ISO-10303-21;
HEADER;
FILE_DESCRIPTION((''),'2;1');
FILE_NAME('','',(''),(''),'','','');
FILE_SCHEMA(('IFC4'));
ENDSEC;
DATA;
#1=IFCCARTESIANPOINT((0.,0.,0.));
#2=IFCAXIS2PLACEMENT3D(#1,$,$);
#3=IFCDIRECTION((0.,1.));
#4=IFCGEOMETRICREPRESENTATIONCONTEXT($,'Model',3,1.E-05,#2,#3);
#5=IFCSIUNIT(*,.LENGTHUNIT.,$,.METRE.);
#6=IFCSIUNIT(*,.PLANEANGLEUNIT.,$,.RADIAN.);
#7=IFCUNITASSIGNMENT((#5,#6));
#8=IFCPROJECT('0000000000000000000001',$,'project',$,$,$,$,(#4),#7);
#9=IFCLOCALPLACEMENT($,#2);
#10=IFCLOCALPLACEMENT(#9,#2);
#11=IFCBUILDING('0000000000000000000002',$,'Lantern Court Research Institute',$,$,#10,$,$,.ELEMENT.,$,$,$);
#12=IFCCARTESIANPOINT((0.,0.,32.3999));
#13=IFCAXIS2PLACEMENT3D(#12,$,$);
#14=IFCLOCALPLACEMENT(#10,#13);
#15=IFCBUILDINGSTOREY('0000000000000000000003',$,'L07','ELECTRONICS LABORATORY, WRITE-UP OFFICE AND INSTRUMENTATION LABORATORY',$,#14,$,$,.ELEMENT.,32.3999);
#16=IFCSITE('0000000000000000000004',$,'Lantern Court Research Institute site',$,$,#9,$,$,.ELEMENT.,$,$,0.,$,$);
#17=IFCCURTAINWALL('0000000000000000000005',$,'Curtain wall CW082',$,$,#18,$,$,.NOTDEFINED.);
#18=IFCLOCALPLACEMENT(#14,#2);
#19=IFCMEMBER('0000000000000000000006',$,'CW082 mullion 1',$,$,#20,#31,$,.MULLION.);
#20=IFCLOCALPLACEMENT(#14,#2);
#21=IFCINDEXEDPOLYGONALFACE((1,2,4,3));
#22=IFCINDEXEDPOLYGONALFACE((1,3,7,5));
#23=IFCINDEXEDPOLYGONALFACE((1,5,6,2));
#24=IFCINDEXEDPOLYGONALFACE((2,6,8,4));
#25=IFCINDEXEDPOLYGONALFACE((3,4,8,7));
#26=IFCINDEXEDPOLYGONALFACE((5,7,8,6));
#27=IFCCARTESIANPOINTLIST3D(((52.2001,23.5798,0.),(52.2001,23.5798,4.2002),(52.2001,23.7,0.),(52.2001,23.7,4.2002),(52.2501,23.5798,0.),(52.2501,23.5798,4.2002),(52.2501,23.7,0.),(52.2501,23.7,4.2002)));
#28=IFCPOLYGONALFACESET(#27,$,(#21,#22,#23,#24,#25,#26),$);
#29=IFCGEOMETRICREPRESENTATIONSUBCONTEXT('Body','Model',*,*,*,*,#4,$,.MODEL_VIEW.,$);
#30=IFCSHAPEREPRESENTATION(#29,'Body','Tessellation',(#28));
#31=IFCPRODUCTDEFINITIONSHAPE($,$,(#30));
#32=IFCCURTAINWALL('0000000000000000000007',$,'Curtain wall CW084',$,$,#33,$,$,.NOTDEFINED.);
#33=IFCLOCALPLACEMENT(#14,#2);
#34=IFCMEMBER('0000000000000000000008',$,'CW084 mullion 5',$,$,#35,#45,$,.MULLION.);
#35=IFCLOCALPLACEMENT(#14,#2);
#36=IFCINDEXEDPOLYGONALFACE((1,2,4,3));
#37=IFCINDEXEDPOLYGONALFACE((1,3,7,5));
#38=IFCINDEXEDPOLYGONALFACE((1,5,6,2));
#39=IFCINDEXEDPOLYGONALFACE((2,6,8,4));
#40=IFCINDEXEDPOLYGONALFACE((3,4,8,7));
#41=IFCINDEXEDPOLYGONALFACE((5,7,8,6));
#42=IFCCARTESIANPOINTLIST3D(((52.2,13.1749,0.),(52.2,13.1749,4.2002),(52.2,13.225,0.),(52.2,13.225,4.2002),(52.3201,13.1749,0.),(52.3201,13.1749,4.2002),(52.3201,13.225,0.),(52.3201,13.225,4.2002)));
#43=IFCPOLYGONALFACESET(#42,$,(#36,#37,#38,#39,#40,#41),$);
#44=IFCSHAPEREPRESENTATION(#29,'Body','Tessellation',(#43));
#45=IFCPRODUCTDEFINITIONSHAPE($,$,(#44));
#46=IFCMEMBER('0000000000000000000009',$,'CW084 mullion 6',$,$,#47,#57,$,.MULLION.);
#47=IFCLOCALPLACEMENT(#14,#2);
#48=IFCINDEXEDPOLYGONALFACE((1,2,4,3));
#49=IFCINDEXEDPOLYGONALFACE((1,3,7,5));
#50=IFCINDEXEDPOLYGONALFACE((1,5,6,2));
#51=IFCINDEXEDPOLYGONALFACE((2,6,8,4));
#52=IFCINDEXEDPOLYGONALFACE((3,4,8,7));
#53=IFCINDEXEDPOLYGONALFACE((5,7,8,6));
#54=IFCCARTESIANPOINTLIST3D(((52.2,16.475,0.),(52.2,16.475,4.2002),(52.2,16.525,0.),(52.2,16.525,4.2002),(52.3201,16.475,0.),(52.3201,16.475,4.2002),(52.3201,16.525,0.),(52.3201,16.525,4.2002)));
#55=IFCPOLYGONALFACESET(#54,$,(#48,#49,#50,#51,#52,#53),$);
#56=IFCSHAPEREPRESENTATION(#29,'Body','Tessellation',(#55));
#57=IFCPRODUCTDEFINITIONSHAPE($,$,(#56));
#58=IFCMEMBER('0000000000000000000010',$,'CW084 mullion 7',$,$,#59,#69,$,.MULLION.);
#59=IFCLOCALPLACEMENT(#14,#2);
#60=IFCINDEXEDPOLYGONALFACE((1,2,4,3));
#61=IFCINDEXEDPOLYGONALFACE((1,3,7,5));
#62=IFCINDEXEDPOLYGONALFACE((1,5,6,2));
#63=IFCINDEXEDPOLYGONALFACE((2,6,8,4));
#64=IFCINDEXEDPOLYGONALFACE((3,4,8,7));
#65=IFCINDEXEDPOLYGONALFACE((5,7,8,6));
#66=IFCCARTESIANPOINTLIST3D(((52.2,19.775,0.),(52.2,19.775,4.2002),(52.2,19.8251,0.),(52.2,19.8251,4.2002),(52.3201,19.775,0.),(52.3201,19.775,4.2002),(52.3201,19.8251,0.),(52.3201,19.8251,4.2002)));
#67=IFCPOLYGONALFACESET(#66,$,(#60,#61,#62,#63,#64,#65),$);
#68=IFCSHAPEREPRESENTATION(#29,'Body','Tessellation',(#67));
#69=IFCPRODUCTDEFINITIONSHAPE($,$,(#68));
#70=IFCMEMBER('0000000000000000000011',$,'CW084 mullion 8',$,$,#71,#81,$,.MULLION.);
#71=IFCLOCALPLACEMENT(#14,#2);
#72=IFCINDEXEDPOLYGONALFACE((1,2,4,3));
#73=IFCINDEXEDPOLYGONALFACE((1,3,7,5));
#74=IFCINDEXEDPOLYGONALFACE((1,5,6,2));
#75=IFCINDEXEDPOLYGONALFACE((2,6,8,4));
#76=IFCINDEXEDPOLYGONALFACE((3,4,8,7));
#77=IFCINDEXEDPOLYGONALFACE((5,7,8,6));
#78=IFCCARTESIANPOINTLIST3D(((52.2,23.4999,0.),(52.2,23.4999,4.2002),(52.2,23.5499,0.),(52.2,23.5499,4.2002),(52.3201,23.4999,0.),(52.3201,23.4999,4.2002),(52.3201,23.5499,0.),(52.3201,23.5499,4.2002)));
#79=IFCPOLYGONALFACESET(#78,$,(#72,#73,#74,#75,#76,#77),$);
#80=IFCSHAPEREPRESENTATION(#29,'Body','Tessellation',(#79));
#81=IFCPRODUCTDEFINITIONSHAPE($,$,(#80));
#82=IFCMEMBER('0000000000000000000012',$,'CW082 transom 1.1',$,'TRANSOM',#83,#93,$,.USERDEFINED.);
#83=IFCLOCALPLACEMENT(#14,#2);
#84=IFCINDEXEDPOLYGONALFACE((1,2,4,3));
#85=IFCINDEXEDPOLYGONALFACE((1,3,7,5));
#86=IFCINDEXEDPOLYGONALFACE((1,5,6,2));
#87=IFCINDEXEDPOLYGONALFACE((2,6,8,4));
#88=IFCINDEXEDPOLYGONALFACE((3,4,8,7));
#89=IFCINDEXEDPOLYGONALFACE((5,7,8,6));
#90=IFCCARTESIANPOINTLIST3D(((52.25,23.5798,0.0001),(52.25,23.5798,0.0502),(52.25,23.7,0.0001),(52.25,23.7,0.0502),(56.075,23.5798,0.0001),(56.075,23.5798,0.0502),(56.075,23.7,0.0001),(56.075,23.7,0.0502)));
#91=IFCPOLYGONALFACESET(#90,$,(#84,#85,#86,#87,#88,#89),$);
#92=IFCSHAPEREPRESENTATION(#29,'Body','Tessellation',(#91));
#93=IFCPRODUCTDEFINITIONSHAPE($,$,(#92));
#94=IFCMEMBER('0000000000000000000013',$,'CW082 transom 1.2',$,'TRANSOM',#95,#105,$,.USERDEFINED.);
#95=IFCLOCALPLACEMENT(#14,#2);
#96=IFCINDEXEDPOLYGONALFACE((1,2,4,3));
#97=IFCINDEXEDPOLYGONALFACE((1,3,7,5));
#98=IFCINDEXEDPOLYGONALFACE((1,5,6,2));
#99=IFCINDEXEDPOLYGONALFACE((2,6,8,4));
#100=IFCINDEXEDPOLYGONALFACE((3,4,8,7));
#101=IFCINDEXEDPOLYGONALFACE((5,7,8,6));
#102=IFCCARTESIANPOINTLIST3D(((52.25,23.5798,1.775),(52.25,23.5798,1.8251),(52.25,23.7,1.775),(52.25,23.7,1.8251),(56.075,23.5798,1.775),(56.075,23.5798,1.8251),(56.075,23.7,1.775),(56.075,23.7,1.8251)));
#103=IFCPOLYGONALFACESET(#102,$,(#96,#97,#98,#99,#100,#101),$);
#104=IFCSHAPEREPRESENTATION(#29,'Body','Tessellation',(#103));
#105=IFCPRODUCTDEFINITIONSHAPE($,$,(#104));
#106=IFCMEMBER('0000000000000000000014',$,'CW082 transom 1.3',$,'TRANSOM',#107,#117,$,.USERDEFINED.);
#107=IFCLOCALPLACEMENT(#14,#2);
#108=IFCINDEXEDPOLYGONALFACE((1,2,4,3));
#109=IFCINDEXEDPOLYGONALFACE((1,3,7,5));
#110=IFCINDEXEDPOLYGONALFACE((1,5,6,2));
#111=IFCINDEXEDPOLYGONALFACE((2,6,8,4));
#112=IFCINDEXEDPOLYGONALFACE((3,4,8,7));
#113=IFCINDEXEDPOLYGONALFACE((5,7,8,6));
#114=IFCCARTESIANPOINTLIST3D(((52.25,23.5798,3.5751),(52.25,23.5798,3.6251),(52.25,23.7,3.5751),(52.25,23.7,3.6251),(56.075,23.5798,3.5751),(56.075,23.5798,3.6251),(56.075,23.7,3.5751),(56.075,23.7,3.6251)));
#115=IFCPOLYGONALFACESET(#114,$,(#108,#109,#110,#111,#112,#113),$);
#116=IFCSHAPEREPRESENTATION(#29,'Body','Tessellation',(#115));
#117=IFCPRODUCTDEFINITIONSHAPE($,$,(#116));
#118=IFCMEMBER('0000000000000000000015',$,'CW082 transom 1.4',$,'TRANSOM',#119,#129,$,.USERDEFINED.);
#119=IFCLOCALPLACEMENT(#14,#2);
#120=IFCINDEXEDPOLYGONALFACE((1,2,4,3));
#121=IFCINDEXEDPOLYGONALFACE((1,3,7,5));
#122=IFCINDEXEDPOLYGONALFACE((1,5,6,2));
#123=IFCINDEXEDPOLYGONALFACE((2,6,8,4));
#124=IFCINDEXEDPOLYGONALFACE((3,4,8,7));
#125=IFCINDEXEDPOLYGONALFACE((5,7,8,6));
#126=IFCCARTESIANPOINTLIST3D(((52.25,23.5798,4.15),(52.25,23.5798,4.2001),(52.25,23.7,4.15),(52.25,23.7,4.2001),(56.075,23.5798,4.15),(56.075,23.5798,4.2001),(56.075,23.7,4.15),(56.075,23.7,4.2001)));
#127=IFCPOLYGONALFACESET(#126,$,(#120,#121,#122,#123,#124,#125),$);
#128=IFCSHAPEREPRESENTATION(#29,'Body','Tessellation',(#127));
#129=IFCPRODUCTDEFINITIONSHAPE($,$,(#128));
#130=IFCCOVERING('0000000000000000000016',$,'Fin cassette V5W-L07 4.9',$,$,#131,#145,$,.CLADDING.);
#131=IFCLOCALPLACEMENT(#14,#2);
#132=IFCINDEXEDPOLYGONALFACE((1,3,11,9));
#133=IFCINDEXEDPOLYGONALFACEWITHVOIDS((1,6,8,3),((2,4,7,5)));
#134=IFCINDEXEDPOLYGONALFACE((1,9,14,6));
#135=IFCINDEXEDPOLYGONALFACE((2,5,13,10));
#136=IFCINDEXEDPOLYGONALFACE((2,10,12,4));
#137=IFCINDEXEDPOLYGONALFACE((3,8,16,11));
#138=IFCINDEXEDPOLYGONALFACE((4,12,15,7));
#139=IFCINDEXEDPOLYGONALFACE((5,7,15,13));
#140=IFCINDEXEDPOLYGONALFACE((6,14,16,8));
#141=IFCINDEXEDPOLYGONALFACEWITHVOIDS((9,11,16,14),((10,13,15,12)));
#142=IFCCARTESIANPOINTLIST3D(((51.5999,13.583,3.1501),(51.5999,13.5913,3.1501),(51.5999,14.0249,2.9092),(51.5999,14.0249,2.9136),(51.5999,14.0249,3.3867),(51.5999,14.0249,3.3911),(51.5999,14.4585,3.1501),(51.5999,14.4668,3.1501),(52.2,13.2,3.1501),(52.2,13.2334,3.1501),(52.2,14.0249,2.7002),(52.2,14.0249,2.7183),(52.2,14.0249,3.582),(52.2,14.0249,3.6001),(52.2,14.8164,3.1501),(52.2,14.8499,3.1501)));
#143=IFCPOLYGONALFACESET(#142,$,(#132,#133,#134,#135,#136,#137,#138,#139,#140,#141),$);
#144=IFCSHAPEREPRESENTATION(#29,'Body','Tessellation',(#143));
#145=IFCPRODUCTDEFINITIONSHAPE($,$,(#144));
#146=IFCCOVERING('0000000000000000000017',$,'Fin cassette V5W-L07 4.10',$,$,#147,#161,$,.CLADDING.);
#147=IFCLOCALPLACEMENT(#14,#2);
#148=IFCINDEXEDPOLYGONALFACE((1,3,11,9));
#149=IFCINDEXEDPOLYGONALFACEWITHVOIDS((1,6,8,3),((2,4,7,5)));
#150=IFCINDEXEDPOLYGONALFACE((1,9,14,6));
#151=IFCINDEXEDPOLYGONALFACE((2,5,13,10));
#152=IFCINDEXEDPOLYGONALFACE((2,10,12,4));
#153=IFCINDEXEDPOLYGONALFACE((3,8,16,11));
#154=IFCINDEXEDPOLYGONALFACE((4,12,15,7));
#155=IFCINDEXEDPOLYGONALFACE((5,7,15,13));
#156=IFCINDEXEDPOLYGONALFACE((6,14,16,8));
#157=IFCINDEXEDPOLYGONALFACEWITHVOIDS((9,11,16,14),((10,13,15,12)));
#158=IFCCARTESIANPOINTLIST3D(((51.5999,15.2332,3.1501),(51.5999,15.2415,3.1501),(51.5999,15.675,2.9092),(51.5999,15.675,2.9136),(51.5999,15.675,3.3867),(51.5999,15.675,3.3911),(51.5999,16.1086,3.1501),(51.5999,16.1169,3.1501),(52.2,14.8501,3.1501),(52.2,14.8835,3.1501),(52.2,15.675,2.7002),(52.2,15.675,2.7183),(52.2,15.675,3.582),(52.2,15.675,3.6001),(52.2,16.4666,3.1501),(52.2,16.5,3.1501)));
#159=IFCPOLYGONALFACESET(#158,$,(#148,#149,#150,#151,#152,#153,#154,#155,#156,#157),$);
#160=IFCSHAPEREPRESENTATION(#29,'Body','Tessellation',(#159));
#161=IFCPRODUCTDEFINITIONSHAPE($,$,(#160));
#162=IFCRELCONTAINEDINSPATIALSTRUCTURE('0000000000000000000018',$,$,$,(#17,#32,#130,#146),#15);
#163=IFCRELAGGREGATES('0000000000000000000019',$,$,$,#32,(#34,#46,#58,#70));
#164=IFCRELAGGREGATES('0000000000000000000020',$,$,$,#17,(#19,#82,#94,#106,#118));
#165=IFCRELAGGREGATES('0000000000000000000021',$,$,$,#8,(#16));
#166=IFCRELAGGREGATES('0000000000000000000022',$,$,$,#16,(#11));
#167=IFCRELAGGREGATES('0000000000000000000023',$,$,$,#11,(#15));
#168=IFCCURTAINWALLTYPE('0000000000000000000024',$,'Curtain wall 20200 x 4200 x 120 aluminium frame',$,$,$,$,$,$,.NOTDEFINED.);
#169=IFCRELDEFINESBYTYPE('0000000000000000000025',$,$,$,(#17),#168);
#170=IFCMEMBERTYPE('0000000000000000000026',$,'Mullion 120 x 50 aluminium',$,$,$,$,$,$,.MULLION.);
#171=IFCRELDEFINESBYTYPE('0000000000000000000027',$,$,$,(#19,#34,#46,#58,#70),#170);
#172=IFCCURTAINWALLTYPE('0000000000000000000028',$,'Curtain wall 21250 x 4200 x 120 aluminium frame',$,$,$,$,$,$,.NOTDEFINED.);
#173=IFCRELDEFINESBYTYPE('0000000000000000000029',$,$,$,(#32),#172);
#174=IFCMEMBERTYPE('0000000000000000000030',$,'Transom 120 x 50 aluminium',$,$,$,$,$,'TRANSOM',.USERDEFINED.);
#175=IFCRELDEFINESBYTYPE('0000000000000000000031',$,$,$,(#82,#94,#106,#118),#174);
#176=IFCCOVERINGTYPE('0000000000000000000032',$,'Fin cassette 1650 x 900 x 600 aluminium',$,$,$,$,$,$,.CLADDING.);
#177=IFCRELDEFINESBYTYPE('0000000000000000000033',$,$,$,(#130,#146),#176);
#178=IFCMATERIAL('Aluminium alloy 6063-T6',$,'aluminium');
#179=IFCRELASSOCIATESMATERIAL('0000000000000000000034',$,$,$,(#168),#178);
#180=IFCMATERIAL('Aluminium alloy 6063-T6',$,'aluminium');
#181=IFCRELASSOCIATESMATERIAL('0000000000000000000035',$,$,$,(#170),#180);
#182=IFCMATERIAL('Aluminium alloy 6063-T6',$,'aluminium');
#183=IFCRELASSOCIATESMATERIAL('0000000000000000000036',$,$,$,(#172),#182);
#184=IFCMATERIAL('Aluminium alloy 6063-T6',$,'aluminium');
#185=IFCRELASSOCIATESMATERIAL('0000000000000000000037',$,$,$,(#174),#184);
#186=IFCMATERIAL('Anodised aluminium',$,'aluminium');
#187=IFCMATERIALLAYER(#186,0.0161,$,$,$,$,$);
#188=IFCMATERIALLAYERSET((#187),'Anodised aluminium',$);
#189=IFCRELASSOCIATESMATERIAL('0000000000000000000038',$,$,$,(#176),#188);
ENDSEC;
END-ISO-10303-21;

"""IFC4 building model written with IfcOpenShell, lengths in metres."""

from ifc_helpers import new_model, entity, si_unit, direction, frame, origin, origin_2d, place, context, subcontext, project, spatial, rectangle, extrude, material, layer, layer_set, material_profile, profile_set, type_object, element, aggregate, save


model = new_model("IFC4")

# Units and contexts
model_context = context("Model", 3, precision=1e-05, world=origin(), true_north=direction((0.0, 1.0)))
body_context = subcontext(model_context, "Body", "Model", "MODEL_VIEW")
ifc_project = project(units=[si_unit("LENGTHUNIT", "METRE"), si_unit("PLANEANGLEUNIT", "RADIAN")], contexts=[model_context])

# Site, building, storey
site_placement = place(None, origin())
site = spatial("IfcSite", under=ifc_project, at=site_placement, Name="Lantern Court Research Institute site", CompositionType="ELEMENT", RefElevation=0.0)
building_placement = place(site_placement, origin())
building = spatial("IfcBuilding", under=site, at=building_placement, Name="Lantern Court Research Institute", CompositionType="ELEMENT")
storey_placement = place(building_placement, frame((0.0, 0.0, 32.3999)))
storey = spatial("IfcBuildingStorey", under=building, at=storey_placement, Name="L07", Description="ELECTRONICS LABORATORY, WRITE-UP OFFICE AND INSTRUMENTATION LABORATORY", CompositionType="ELEMENT", Elevation=32.3999)

# Curtain wall, member
ifc_material_1 = material(Name="Aluminium alloy 6063-T6", Category="aluminium")
curtain_wall_type_1 = type_object("IfcCurtainWallType", Name="Curtain wall 20200 x 4200 x 120 aluminium frame", PredefinedType="NOTDEFINED", material=ifc_material_1)
curtain_wall_1_placement = place(storey_placement, origin())
curtain_wall_1 = element("IfcCurtainWall", 1, at=curtain_wall_1_placement, inside=storey, type_object=curtain_wall_type_1, Name="Curtain wall CW082", PredefinedType="NOTDEFINED")
ifc_material_2 = material(Name="Aluminium alloy 6063-T6", Category="aluminium")
ifc_material_profile_1 = material_profile(ifc_material_2, rectangle(XDim=0.1201, YDim=0.05, at=origin_2d()), Name="Mullion 120 x 50")
ifc_profile_set_1 = profile_set([ifc_material_profile_1], Name="Aluminium alloy 6063-T6")
member_type_1 = type_object("IfcMemberType", Name="Mullion 120 x 50 aluminium", PredefinedType="MULLION", material=ifc_profile_set_1)
member_1_placement = place(storey_placement, frame((52.2251, 23.6399, 0.0), z_axis=(0.0, 0.0, 1.0), x_axis=(0.0, 1.0, 0.0)))
member_1 = element("IfcMember", 2, at=member_1_placement, type_object=member_type_1, Name="CW082 mullion 1", PredefinedType="MULLION", context=body_context, shape_type="SweptSolid", body=[
    extrude(rectangle(XDim=0.1201, YDim=0.05, at=origin_2d()), origin(), (0.0, 0.0, 1.0), 4.2002),
])

# Curtain wall, members
ifc_material_3 = material(Name="Aluminium alloy 6063-T6", Category="aluminium")
curtain_wall_type_2 = type_object("IfcCurtainWallType", Name="Curtain wall 21250 x 4200 x 120 aluminium frame", PredefinedType="NOTDEFINED", material=ifc_material_3)
curtain_wall_2_placement = place(storey_placement, origin())
curtain_wall_2 = element("IfcCurtainWall", 3, at=curtain_wall_2_placement, inside=storey, type_object=curtain_wall_type_2, Name="Curtain wall CW084", PredefinedType="NOTDEFINED")
member_2_placement = place(storey_placement, frame((52.26, 13.2, 0.0), z_axis=(0.0, 0.0, 1.0), x_axis=(-1.0, 0.0, 0.0)))
member_2 = element("IfcMember", 4, at=member_2_placement, type_object=member_type_1, Name="CW084 mullion 5", PredefinedType="MULLION", context=body_context, shape_type="SweptSolid", body=[
    extrude(rectangle(XDim=0.1201, YDim=0.05, at=origin_2d()), origin(), (0.0, 0.0, 1.0), 4.2002),
])
member_3_placement = place(storey_placement, frame((52.26, 16.5, 0.0), z_axis=(0.0, 0.0, 1.0), x_axis=(-1.0, 0.0, 0.0)))
member_3 = element("IfcMember", 5, at=member_3_placement, type_object=member_type_1, Name="CW084 mullion 6", PredefinedType="MULLION", context=body_context, shape_type="SweptSolid", body=[
    extrude(rectangle(XDim=0.1201, YDim=0.05, at=origin_2d()), origin(), (0.0, 0.0, 1.0), 4.2002),
])
member_4_placement = place(storey_placement, frame((52.26, 19.8, 0.0), z_axis=(0.0, 0.0, 1.0), x_axis=(-1.0, 0.0, 0.0)))
member_4 = element("IfcMember", 6, at=member_4_placement, type_object=member_type_1, Name="CW084 mullion 7", PredefinedType="MULLION", context=body_context, shape_type="SweptSolid", body=[
    extrude(rectangle(XDim=0.1201, YDim=0.05, at=origin_2d()), origin(), (0.0, 0.0, 1.0), 4.2002),
])
member_5_placement = place(storey_placement, frame((52.26, 23.5249, 0.0), z_axis=(0.0, 0.0, 1.0), x_axis=(-1.0, 0.0, 0.0)))
member_5 = element("IfcMember", 7, at=member_5_placement, type_object=member_type_1, Name="CW084 mullion 8", PredefinedType="MULLION", context=body_context, shape_type="SweptSolid", body=[
    extrude(rectangle(XDim=0.1201, YDim=0.05, at=origin_2d()), origin(), (0.0, 0.0, 1.0), 4.2002),
])
aggregate(curtain_wall_2, [member_2, member_3, member_4, member_5])

# Members
ifc_material_4 = material(Name="Aluminium alloy 6063-T6", Category="aluminium")
ifc_material_profile_2 = material_profile(ifc_material_4, rectangle(XDim=0.1201, YDim=0.05, at=origin_2d()), Name="Transom 120 x 50")
ifc_profile_set_2 = profile_set([ifc_material_profile_2], Name="Aluminium alloy 6063-T6")
member_type_2 = type_object("IfcMemberType", Name="Transom 120 x 50 aluminium", ElementType="TRANSOM", PredefinedType="USERDEFINED", material=ifc_profile_set_2)
member_6_placement = place(storey_placement, frame((52.25, 23.6399, 0.0251), z_axis=(1.0, 0.0, 0.0), x_axis=(0.0, 1.0, 0.0)))
member_6 = element("IfcMember", 8, at=member_6_placement, type_object=member_type_2, Name="CW082 transom 1.1", ObjectType="TRANSOM", PredefinedType="USERDEFINED", context=body_context, shape_type="SweptSolid", body=[
    extrude(rectangle(XDim=0.1201, YDim=0.05, at=origin_2d()), origin(), (0.0, 0.0, 1.0), 3.825),
])
member_7_placement = place(storey_placement, frame((52.25, 23.6399, 1.8), z_axis=(1.0, 0.0, 0.0), x_axis=(0.0, 1.0, 0.0)))
member_7 = element("IfcMember", 9, at=member_7_placement, type_object=member_type_2, Name="CW082 transom 1.2", ObjectType="TRANSOM", PredefinedType="USERDEFINED", context=body_context, shape_type="SweptSolid", body=[
    extrude(rectangle(XDim=0.1201, YDim=0.05, at=origin_2d()), origin(), (0.0, 0.0, 1.0), 3.825),
])
member_8_placement = place(storey_placement, frame((52.25, 23.6399, 3.6001), z_axis=(1.0, 0.0, 0.0), x_axis=(0.0, 1.0, 0.0)))
member_8 = element("IfcMember", 10, at=member_8_placement, type_object=member_type_2, Name="CW082 transom 1.3", ObjectType="TRANSOM", PredefinedType="USERDEFINED", context=body_context, shape_type="SweptSolid", body=[
    extrude(rectangle(XDim=0.1201, YDim=0.05, at=origin_2d()), origin(), (0.0, 0.0, 1.0), 3.825),
])
member_9_placement = place(storey_placement, frame((52.25, 23.6399, 4.175), z_axis=(1.0, 0.0, 0.0), x_axis=(0.0, 1.0, 0.0)))
member_9 = element("IfcMember", 11, at=member_9_placement, type_object=member_type_2, Name="CW082 transom 1.4", ObjectType="TRANSOM", PredefinedType="USERDEFINED", context=body_context, shape_type="SweptSolid", body=[
    extrude(rectangle(XDim=0.1201, YDim=0.05, at=origin_2d()), origin(), (0.0, 0.0, 1.0), 3.825),
])
aggregate(curtain_wall_1, [member_1, member_6, member_7, member_8, member_9])

# Coverings
ifc_material_5 = material(Name="Anodised aluminium", Category="aluminium")
ifc_layer = layer(ifc_material_5, 0.0161)
ifc_layer_set = layer_set([ifc_layer], Name="Anodised aluminium")
covering_type = type_object("IfcCoveringType", Name="Fin cassette 1650 x 900 x 600 aluminium", PredefinedType="CLADDING", material=ifc_layer_set)
covering_1_placement = place(storey_placement, frame((52.2, 14.0249, 3.1501), z_axis=(-1.0, 0.0, 0.0), x_axis=(0.0, -1.0, 0.0)))
cartesian_point_1 = entity("IfcCartesianPoint", [0.825, 0.0])
cartesian_point_2 = entity("IfcCartesianPoint", [0.7915, 0.0])
cartesian_point_3 = entity("IfcCartesianPoint", [0.4419, 0.0])
cartesian_point_4 = entity("IfcCartesianPoint", [0.4336, 0.0])
element("IfcCovering", 12, at=covering_1_placement, inside=storey, type_object=covering_type, Name="Fin cassette V5W-L07 4.9", PredefinedType="CLADDING", context=body_context, shape_type="SweptSolid", body=[
    entity("IfcExtrudedAreaSolidTapered", entity("IfcArbitraryProfileDefWithVoids", "AREA", None, entity("IfcPolyline", [cartesian_point_1, entity("IfcCartesianPoint", [0.0, 0.45]), entity("IfcCartesianPoint", [-0.825, 0.0]), entity("IfcCartesianPoint", [0.0, -0.45]), cartesian_point_1]), [entity("IfcPolyline", [cartesian_point_2, entity("IfcCartesianPoint", [0.0, 0.4319]), entity("IfcCartesianPoint", [-0.7915, 0.0]), entity("IfcCartesianPoint", [0.0, -0.4319]), cartesian_point_2])]), entity("IfcAxis2Placement3D", entity("IfcCartesianPoint", [0.0, 0.0, 0.0])), entity("IfcDirection", [0.0, 0.0, 1.0]), 0.6001, entity("IfcArbitraryProfileDefWithVoids", "AREA", None, entity("IfcPolyline", [cartesian_point_3, entity("IfcCartesianPoint", [0.0, 0.241]), entity("IfcCartesianPoint", [-0.4419, 0.0]), entity("IfcCartesianPoint", [0.0, -0.241]), cartesian_point_3]), [entity("IfcPolyline", [cartesian_point_4, entity("IfcCartesianPoint", [0.0, 0.2366]), entity("IfcCartesianPoint", [-0.4336, 0.0]), entity("IfcCartesianPoint", [0.0, -0.2366]), cartesian_point_4])])),
])
covering_2_placement = place(storey_placement, frame((52.2, 15.675, 3.1501), z_axis=(-1.0, 0.0, 0.0), x_axis=(0.0, -1.0, 0.0)))
cartesian_point_5 = entity("IfcCartesianPoint", [0.825, 0.0])
cartesian_point_6 = entity("IfcCartesianPoint", [0.7915, 0.0])
cartesian_point_7 = entity("IfcCartesianPoint", [0.4419, 0.0])
cartesian_point_8 = entity("IfcCartesianPoint", [0.4336, 0.0])
element("IfcCovering", 13, at=covering_2_placement, inside=storey, type_object=covering_type, Name="Fin cassette V5W-L07 4.10", PredefinedType="CLADDING", context=body_context, shape_type="SweptSolid", body=[
    entity("IfcExtrudedAreaSolidTapered", entity("IfcArbitraryProfileDefWithVoids", "AREA", None, entity("IfcPolyline", [cartesian_point_5, entity("IfcCartesianPoint", [0.0, 0.45]), entity("IfcCartesianPoint", [-0.825, 0.0]), entity("IfcCartesianPoint", [0.0, -0.45]), cartesian_point_5]), [entity("IfcPolyline", [cartesian_point_6, entity("IfcCartesianPoint", [0.0, 0.4319]), entity("IfcCartesianPoint", [-0.7915, 0.0]), entity("IfcCartesianPoint", [0.0, -0.4319]), cartesian_point_6])]), entity("IfcAxis2Placement3D", entity("IfcCartesianPoint", [0.0, 0.0, 0.0])), entity("IfcDirection", [0.0, 0.0, 1.0]), 0.6001, entity("IfcArbitraryProfileDefWithVoids", "AREA", None, entity("IfcPolyline", [cartesian_point_7, entity("IfcCartesianPoint", [0.0, 0.241]), entity("IfcCartesianPoint", [-0.4419, 0.0]), entity("IfcCartesianPoint", [0.0, -0.241]), cartesian_point_7]), [entity("IfcPolyline", [cartesian_point_8, entity("IfcCartesianPoint", [0.0, 0.2366]), entity("IfcCartesianPoint", [-0.4336, 0.0]), entity("IfcCartesianPoint", [0.0, -0.2366]), cartesian_point_8])])),
])

save(model, "model.ifc")
